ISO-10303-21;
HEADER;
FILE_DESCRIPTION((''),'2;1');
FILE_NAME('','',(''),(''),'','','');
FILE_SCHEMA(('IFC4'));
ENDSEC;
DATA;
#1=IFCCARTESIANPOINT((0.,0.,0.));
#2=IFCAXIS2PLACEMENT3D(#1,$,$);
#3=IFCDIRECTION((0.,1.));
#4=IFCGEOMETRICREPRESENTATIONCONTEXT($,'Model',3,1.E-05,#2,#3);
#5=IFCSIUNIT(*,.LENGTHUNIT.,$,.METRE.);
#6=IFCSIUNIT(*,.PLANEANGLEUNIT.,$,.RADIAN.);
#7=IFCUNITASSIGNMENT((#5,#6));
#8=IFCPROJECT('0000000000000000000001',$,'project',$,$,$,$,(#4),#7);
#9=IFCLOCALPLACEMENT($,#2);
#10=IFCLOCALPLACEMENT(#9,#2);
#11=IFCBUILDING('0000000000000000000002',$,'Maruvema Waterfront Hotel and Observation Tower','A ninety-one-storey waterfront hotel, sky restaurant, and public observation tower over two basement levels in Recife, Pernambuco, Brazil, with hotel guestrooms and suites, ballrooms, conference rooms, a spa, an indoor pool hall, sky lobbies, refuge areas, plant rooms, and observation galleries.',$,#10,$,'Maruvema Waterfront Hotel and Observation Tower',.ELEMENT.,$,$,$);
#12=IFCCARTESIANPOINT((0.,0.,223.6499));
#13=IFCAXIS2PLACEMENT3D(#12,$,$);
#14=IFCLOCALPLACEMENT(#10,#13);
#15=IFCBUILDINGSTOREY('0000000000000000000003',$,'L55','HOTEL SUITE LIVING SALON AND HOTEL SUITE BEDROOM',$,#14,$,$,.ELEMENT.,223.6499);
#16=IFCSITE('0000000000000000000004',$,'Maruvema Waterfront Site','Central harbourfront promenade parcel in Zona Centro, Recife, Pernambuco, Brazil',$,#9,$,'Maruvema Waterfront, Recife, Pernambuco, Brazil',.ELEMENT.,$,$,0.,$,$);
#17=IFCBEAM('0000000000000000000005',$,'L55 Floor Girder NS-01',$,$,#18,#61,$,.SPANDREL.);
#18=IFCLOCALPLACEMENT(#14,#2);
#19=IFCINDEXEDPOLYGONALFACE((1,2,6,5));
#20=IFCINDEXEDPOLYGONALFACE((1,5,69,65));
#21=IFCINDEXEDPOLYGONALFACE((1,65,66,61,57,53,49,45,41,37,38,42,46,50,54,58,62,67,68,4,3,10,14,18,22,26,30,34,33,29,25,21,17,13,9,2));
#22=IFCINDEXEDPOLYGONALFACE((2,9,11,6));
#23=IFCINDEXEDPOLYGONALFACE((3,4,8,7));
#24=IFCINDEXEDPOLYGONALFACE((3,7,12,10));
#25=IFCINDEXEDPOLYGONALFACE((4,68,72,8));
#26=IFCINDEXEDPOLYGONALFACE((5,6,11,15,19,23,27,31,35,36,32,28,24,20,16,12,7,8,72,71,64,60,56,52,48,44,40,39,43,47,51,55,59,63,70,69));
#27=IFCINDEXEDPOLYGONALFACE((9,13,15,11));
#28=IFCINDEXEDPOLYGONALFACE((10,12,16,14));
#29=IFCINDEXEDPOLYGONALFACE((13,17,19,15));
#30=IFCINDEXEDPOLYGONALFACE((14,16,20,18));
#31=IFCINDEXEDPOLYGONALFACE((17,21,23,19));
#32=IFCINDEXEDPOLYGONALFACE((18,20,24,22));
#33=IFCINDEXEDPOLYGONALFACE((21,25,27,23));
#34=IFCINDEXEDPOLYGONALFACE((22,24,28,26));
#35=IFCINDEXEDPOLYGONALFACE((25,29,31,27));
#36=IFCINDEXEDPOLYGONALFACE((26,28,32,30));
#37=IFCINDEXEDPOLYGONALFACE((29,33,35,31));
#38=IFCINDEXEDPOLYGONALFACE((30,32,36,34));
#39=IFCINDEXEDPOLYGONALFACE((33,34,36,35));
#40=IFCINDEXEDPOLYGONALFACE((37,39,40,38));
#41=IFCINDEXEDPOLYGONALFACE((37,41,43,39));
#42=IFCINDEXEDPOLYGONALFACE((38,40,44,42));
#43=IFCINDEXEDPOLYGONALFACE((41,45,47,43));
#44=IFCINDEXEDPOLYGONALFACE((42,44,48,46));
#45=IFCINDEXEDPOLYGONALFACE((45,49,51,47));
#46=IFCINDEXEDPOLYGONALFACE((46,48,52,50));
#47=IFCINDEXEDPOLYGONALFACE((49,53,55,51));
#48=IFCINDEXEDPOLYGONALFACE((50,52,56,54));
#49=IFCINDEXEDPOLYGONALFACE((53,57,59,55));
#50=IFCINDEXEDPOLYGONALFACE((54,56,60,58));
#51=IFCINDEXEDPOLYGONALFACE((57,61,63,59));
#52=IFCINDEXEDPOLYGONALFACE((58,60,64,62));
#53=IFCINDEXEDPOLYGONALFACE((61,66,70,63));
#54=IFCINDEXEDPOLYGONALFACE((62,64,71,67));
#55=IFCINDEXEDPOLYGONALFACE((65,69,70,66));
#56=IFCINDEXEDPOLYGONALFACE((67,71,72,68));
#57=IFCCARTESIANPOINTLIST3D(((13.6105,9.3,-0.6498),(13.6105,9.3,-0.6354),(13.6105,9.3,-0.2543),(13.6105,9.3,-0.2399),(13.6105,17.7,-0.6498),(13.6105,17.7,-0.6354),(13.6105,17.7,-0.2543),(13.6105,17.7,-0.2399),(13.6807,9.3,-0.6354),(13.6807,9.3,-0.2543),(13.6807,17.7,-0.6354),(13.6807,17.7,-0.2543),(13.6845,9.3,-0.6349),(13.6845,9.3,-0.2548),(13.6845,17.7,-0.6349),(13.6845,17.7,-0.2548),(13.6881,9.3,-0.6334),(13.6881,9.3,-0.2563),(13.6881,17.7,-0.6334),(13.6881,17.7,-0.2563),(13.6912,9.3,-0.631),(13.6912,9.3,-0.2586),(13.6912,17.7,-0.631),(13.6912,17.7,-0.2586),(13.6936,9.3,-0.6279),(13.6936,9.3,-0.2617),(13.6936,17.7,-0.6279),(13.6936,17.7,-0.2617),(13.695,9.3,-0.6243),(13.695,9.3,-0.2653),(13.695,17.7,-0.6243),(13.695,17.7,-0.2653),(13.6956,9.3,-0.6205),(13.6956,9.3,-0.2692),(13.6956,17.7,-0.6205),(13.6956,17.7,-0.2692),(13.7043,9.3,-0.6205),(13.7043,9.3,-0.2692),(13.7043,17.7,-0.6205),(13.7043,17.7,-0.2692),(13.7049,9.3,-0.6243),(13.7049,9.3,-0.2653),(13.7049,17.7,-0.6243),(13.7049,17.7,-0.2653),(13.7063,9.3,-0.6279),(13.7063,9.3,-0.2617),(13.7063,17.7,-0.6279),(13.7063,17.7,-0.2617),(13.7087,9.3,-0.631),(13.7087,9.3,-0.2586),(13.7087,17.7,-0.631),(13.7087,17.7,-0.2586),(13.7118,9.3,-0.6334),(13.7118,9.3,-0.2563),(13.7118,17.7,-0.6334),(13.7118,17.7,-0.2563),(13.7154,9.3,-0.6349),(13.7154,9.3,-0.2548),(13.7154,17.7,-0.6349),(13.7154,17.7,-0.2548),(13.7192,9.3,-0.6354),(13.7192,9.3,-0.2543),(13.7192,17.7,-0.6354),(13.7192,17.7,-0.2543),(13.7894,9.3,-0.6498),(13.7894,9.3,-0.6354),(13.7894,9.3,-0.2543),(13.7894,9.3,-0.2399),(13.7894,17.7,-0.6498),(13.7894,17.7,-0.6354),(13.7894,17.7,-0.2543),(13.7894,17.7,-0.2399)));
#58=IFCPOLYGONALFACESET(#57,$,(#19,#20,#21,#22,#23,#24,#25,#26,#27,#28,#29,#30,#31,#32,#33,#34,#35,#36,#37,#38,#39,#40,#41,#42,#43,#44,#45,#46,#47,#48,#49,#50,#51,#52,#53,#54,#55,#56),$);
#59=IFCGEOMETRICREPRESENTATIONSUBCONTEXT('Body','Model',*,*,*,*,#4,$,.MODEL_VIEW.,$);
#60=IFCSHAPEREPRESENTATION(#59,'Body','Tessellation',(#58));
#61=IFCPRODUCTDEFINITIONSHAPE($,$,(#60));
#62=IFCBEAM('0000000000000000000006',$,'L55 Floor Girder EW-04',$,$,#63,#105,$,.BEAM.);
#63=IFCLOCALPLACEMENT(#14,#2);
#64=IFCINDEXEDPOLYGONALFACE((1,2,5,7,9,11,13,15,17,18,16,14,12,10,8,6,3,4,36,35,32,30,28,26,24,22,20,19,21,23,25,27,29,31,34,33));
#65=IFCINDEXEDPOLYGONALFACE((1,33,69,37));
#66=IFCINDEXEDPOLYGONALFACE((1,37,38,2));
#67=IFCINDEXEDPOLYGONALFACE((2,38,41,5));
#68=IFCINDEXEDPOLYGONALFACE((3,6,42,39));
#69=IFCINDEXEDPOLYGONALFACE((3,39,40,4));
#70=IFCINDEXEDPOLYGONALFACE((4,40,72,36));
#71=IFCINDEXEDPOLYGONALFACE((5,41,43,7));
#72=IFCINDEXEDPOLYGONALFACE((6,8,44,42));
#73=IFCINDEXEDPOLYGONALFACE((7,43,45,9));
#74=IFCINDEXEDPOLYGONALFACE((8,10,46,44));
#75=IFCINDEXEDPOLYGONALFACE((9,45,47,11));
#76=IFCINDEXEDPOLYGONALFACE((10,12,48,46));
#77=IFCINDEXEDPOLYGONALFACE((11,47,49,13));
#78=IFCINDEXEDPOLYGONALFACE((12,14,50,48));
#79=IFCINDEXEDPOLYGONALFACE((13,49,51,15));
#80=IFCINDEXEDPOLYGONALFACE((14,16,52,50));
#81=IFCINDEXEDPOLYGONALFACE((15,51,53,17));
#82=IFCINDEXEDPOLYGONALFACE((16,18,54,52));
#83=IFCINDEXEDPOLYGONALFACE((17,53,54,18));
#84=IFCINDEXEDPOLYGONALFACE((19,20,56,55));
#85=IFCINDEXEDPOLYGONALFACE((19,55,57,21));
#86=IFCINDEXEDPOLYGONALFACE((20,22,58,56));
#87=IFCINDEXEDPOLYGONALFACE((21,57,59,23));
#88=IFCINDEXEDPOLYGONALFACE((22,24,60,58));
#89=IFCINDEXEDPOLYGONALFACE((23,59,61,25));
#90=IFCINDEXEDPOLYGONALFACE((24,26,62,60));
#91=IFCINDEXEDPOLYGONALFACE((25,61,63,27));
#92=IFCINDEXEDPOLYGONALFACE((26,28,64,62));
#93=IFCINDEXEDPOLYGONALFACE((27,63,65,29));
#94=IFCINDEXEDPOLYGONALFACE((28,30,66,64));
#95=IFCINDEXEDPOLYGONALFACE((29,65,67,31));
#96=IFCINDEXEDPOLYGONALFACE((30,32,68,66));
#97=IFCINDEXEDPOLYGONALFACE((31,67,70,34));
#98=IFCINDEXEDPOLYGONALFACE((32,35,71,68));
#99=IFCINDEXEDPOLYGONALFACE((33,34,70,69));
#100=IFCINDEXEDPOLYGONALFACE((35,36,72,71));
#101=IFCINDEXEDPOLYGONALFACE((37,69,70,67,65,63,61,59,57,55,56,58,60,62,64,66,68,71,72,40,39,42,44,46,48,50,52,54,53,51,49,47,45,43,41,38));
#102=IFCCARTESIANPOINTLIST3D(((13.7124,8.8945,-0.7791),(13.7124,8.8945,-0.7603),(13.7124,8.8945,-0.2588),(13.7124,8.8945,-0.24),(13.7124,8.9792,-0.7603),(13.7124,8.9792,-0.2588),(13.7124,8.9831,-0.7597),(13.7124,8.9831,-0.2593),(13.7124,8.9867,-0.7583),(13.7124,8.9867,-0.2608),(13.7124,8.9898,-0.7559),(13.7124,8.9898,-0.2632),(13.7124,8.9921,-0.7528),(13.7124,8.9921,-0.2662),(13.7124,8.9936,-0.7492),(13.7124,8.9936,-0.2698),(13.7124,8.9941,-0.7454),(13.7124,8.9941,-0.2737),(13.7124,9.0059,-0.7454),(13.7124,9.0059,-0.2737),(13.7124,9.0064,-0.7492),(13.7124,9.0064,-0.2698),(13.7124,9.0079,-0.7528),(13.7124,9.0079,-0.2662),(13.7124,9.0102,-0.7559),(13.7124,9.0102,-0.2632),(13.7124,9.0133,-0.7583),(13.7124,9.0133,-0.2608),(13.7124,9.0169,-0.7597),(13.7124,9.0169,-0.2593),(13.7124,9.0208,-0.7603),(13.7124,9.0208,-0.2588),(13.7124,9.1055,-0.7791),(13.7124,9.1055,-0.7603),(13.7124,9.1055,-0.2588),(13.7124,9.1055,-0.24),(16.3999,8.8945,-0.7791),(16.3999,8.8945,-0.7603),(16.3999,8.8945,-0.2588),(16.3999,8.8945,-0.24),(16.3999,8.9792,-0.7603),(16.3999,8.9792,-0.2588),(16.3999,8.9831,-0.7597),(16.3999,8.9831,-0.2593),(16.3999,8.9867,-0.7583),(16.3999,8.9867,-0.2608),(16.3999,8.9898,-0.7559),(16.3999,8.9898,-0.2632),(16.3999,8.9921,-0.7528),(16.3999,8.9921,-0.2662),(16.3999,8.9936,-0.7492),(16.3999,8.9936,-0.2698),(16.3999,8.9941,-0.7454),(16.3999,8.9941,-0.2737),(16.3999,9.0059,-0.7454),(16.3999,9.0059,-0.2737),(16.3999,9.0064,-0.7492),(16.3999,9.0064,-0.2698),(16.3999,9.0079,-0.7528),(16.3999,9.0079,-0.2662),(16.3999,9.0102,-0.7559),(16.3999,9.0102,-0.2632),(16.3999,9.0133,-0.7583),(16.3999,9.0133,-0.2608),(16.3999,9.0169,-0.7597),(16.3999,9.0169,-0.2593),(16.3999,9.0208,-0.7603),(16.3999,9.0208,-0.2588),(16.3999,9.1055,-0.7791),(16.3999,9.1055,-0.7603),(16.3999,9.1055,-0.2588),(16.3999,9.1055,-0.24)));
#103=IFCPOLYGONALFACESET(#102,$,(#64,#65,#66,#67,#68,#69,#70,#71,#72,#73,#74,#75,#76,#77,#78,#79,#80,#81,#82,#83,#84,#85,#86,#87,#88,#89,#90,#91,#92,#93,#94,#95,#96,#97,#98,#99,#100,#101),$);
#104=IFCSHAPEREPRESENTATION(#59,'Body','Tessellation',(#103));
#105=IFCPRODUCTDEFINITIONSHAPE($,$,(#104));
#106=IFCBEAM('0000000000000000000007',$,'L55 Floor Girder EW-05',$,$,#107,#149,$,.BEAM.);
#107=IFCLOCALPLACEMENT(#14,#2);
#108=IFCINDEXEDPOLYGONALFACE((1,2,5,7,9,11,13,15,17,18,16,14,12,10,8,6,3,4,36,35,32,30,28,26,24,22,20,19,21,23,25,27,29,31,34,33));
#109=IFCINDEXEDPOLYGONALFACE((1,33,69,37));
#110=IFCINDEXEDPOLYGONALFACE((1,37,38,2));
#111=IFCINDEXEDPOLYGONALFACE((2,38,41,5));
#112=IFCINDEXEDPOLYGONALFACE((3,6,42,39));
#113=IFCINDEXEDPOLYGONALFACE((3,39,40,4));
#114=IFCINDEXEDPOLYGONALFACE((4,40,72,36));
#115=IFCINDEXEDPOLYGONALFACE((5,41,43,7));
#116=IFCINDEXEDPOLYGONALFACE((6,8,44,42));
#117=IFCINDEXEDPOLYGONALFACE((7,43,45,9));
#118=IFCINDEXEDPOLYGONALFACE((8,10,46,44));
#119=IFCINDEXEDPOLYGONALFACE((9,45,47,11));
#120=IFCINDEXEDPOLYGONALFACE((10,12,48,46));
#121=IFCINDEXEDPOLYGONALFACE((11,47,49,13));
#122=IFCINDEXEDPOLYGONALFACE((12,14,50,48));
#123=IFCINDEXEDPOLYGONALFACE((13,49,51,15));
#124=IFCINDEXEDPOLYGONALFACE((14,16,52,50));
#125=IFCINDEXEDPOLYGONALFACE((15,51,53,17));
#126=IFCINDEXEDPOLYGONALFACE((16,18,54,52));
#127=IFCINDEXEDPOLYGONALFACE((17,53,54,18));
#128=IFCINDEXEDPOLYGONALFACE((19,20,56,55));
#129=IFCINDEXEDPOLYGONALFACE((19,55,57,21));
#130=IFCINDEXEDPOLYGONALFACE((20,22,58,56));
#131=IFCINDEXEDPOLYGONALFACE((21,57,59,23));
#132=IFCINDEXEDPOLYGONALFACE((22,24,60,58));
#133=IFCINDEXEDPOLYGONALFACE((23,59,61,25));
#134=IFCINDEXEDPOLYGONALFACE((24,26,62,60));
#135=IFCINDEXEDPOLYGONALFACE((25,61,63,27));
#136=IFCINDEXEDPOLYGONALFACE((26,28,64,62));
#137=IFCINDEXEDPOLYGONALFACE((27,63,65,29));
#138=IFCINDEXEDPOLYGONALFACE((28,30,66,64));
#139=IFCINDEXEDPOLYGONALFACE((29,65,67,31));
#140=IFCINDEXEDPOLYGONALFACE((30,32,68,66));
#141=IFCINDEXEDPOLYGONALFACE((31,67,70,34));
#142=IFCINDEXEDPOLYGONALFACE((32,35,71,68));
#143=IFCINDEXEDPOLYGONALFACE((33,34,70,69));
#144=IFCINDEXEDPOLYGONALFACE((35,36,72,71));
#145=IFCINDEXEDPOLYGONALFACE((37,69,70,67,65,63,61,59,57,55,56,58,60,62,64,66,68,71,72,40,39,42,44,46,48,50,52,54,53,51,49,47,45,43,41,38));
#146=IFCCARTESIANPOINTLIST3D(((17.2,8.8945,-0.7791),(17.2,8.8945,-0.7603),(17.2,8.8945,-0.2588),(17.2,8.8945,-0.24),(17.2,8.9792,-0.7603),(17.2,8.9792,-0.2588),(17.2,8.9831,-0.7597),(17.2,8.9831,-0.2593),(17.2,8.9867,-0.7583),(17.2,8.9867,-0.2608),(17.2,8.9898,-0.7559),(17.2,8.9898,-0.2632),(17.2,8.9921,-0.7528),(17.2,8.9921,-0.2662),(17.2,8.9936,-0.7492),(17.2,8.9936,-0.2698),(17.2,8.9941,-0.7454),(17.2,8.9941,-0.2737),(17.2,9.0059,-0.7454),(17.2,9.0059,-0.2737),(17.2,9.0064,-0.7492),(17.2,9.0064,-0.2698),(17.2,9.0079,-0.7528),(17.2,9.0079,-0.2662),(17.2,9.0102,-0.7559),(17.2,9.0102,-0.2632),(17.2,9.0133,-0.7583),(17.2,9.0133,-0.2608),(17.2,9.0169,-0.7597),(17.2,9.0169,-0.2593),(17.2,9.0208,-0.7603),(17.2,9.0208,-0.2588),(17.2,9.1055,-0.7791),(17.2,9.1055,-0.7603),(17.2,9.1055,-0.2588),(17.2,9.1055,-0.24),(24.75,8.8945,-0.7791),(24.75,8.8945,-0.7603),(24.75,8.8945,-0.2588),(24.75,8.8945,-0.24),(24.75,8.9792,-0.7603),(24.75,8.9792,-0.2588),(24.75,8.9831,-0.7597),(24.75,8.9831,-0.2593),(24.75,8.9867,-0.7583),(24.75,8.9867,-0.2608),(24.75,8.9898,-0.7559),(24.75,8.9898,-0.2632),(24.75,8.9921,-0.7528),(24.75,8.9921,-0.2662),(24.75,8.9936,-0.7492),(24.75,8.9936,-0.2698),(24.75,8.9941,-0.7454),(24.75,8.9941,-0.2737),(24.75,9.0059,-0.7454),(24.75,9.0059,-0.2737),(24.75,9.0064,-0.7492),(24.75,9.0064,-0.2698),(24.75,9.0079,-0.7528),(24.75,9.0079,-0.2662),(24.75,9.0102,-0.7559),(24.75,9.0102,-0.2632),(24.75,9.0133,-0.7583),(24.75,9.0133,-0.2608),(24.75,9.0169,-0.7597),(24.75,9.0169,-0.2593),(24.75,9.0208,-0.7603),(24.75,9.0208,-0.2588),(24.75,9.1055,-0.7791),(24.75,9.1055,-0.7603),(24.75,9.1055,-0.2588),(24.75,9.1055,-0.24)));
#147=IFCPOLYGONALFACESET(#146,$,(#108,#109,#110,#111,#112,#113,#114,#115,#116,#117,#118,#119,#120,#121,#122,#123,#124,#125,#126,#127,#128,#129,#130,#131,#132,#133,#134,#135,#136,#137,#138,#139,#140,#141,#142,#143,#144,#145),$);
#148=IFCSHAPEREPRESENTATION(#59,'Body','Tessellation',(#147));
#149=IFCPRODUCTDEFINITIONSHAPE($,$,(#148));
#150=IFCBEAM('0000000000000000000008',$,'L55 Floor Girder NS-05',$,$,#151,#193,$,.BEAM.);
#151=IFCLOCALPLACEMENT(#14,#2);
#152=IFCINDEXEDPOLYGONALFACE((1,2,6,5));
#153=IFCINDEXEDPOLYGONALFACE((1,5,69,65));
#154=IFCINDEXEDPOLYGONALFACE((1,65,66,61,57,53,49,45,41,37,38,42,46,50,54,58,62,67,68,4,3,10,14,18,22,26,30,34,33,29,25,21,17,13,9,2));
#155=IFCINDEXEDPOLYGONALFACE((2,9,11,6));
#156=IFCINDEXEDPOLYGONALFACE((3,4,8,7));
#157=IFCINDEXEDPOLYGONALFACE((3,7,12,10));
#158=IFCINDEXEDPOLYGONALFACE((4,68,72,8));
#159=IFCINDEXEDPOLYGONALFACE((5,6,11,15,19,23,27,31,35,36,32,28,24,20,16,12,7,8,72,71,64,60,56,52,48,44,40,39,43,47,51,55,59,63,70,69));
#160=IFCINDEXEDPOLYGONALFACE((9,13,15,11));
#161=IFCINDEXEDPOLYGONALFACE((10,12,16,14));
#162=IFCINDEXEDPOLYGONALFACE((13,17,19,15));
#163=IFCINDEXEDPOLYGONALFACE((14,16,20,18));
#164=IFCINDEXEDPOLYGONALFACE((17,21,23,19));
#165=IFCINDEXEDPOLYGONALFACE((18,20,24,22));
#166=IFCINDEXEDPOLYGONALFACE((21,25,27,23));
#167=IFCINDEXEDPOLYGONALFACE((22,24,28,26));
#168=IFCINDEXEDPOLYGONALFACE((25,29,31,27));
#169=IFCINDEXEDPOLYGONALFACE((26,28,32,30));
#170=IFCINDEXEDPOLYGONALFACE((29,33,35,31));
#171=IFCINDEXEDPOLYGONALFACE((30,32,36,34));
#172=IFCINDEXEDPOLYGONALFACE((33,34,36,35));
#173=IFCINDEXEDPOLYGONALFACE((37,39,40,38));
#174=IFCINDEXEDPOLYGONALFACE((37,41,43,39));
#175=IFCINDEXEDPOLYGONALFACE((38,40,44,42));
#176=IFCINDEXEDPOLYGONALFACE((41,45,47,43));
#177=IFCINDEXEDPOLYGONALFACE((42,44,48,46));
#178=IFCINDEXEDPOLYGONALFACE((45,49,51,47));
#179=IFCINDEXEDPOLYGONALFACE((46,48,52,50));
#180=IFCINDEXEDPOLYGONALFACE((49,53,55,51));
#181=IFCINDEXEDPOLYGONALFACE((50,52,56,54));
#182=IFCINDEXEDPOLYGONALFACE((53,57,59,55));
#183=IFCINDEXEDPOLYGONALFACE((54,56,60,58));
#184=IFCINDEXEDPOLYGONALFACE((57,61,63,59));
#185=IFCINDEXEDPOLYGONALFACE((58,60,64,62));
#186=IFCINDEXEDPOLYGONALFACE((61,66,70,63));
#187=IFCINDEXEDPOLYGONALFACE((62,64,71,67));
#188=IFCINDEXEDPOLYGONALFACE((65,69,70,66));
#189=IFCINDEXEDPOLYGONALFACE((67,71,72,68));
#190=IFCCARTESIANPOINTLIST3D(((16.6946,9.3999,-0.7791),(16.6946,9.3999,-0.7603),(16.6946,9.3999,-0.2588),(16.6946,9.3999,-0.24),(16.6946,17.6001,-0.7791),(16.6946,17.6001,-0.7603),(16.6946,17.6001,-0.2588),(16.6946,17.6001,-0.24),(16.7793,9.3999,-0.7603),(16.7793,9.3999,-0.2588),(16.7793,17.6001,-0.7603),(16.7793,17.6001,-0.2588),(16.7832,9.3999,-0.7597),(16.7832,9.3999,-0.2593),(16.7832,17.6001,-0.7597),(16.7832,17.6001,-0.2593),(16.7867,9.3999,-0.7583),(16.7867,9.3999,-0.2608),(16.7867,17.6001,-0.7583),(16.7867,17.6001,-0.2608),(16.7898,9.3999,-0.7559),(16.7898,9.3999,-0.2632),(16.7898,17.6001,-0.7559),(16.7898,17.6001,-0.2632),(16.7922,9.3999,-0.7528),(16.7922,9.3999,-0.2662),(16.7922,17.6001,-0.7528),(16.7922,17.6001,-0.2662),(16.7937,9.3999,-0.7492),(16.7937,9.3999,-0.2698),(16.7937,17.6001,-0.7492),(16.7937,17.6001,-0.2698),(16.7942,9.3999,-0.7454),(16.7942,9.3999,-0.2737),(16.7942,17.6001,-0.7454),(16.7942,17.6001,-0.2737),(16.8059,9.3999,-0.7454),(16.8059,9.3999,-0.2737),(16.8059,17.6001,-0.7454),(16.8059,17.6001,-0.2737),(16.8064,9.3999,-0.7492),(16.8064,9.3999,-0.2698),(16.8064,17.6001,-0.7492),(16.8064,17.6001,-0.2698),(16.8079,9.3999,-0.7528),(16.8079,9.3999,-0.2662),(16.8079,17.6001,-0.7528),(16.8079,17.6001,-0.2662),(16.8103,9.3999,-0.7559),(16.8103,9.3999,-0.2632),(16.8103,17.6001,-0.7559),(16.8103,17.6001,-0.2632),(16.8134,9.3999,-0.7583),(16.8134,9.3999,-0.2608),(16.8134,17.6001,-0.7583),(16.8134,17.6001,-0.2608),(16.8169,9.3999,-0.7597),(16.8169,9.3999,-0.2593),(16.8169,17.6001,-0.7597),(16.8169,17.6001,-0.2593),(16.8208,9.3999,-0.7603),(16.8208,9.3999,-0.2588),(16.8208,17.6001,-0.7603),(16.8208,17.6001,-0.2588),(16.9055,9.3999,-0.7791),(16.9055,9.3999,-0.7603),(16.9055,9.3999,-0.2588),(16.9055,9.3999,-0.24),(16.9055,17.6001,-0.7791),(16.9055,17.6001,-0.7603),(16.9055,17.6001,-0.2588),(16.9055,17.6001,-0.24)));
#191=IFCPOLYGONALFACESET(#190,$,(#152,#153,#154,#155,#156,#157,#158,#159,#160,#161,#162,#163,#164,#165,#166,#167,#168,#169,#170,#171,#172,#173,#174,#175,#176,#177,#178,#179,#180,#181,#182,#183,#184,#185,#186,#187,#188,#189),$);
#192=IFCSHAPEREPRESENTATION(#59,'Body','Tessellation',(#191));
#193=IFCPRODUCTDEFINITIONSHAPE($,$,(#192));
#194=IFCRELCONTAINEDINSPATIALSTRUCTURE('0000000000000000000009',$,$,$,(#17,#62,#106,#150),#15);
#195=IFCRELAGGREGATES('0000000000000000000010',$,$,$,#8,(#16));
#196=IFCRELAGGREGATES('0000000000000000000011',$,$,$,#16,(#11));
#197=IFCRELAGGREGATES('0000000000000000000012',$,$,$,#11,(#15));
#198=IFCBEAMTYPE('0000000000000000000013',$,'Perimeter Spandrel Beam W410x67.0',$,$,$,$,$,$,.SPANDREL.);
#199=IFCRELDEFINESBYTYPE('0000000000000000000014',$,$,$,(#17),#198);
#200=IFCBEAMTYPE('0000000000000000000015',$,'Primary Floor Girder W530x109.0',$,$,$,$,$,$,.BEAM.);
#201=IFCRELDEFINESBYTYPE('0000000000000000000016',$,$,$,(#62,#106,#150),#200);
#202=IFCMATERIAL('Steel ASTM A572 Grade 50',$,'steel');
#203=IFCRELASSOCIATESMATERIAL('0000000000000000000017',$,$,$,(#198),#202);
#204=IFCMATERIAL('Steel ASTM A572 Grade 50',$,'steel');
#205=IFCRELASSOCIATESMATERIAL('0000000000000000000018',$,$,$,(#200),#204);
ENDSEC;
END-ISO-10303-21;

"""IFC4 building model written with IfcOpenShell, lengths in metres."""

from ifc_helpers import new_model, si_unit, direction, frame, origin, origin_2d, place, context, subcontext, project, spatial, i_section, extrude, material, material_profile, profile_set, type_object, element, save


model = new_model("IFC4")

# Units and contexts
model_context = context("Model", 3, precision=1e-05, world=origin(), true_north=direction((0.0, 1.0)))
body_context = subcontext(model_context, "Body", "Model", "MODEL_VIEW")
ifc_project = project(units=[si_unit("LENGTHUNIT", "METRE"), si_unit("PLANEANGLEUNIT", "RADIAN")], contexts=[model_context])

# Site, building, storey
site_placement = place(None, origin())
site = spatial("IfcSite", under=ifc_project, at=site_placement, Name="Maruvema Waterfront Site", Description="Central harbourfront promenade parcel in Zona Centro, Recife, Pernambuco, Brazil", LongName="Maruvema Waterfront, Recife, Pernambuco, Brazil", CompositionType="ELEMENT", RefElevation=0.0)
building_placement = place(site_placement, origin())
building = spatial("IfcBuilding", under=site, at=building_placement, Name="Maruvema Waterfront Hotel and Observation Tower", Description="A ninety-one-storey waterfront hotel, sky restaurant, and public observation tower over two basement levels in Recife, Pernambuco, Brazil, with hotel guestrooms and suites, ballrooms, conference rooms, a spa, an indoor pool hall, sky lobbies, refuge areas, plant rooms, and observation galleries.", LongName="Maruvema Waterfront Hotel and Observation Tower", CompositionType="ELEMENT")
storey_placement = place(building_placement, frame((0.0, 0.0, 223.6499)))
storey = spatial("IfcBuildingStorey", under=building, at=storey_placement, Name="L55", Description="HOTEL SUITE LIVING SALON AND HOTEL SUITE BEDROOM", CompositionType="ELEMENT", Elevation=223.6499)

# Beams
ifc_material_1 = material(Name="Steel ASTM A572 Grade 50", Category="steel")
ifc_material_profile_1 = material_profile(ifc_material_1, i_section(OverallWidth=0.179, OverallDepth=0.4099, WebThickness=0.0088, FlangeThickness=0.0144, FilletRadius=0.0149, at=origin_2d()), Name="W410x67.0")
ifc_profile_set_1 = profile_set([ifc_material_profile_1], Name="Steel ASTM A572 Grade 50")
beam_type_1 = type_object("IfcBeamType", Name="Perimeter Spandrel Beam W410x67.0", PredefinedType="SPANDREL", material=ifc_profile_set_1)
beam_1_placement = place(storey_placement, frame((13.7, 9.3, -0.4448), z_axis=(0.0, 1.0, 0.0), x_axis=(-1.0, 0.0, 0.0)))
element("IfcBeam", 1, at=beam_1_placement, inside=storey, type_object=beam_type_1, Name="L55 Floor Girder NS-01", PredefinedType="SPANDREL", context=body_context, shape_type="SweptSolid", body=[
    extrude(i_section(OverallWidth=0.179, OverallDepth=0.4099, WebThickness=0.0088, FlangeThickness=0.0144, FilletRadius=0.0149, at=origin_2d()), origin(), (0.0, 0.0, 1.0), 8.3999),
])
ifc_material_2 = material(Name="Steel ASTM A572 Grade 50", Category="steel")
ifc_material_profile_2 = material_profile(ifc_material_2, i_section(OverallWidth=0.2109, OverallDepth=0.5391, WebThickness=0.0117, FlangeThickness=0.0188, FilletRadius=0.0149, at=origin_2d()), Name="W530x109.0")
ifc_profile_set_2 = profile_set([ifc_material_profile_2], Name="Steel ASTM A572 Grade 50")
beam_type_2 = type_object("IfcBeamType", Name="Primary Floor Girder W530x109.0", PredefinedType="BEAM", material=ifc_profile_set_2)
beam_2_placement = place(storey_placement, frame((13.7124, 9.0, -0.5095), z_axis=(1.0, 0.0, 0.0), x_axis=(0.0, 1.0, 0.0)))
element("IfcBeam", 2, at=beam_2_placement, inside=storey, type_object=beam_type_2, Name="L55 Floor Girder EW-04", PredefinedType="BEAM", context=body_context, shape_type="SweptSolid", body=[
    extrude(i_section(OverallWidth=0.2109, OverallDepth=0.5391, WebThickness=0.0117, FlangeThickness=0.0188, FilletRadius=0.0149, at=origin_2d()), origin(), (0.0, 0.0, 1.0), 2.6875),
])
beam_3_placement = place(storey_placement, frame((17.2, 9.0, -0.5095), z_axis=(1.0, 0.0, 0.0), x_axis=(0.0, 1.0, 0.0)))
element("IfcBeam", 3, at=beam_3_placement, inside=storey, type_object=beam_type_2, Name="L55 Floor Girder EW-05", PredefinedType="BEAM", context=body_context, shape_type="SweptSolid", body=[
    extrude(i_section(OverallWidth=0.2109, OverallDepth=0.5391, WebThickness=0.0117, FlangeThickness=0.0188, FilletRadius=0.0149, at=origin_2d()), origin(), (0.0, 0.0, 1.0), 7.55),
])
beam_4_placement = place(storey_placement, frame((16.8, 9.3999, -0.5095), z_axis=(0.0, 1.0, 0.0), x_axis=(-1.0, 0.0, 0.0)))
element("IfcBeam", 4, at=beam_4_placement, inside=storey, type_object=beam_type_2, Name="L55 Floor Girder NS-05", PredefinedType="BEAM", context=body_context, shape_type="SweptSolid", body=[
    extrude(i_section(OverallWidth=0.2109, OverallDepth=0.5391, WebThickness=0.0117, FlangeThickness=0.0188, FilletRadius=0.0149, at=origin_2d()), origin(), (0.0, 0.0, 1.0), 8.2002),
])

save(model, "model.ifc")
